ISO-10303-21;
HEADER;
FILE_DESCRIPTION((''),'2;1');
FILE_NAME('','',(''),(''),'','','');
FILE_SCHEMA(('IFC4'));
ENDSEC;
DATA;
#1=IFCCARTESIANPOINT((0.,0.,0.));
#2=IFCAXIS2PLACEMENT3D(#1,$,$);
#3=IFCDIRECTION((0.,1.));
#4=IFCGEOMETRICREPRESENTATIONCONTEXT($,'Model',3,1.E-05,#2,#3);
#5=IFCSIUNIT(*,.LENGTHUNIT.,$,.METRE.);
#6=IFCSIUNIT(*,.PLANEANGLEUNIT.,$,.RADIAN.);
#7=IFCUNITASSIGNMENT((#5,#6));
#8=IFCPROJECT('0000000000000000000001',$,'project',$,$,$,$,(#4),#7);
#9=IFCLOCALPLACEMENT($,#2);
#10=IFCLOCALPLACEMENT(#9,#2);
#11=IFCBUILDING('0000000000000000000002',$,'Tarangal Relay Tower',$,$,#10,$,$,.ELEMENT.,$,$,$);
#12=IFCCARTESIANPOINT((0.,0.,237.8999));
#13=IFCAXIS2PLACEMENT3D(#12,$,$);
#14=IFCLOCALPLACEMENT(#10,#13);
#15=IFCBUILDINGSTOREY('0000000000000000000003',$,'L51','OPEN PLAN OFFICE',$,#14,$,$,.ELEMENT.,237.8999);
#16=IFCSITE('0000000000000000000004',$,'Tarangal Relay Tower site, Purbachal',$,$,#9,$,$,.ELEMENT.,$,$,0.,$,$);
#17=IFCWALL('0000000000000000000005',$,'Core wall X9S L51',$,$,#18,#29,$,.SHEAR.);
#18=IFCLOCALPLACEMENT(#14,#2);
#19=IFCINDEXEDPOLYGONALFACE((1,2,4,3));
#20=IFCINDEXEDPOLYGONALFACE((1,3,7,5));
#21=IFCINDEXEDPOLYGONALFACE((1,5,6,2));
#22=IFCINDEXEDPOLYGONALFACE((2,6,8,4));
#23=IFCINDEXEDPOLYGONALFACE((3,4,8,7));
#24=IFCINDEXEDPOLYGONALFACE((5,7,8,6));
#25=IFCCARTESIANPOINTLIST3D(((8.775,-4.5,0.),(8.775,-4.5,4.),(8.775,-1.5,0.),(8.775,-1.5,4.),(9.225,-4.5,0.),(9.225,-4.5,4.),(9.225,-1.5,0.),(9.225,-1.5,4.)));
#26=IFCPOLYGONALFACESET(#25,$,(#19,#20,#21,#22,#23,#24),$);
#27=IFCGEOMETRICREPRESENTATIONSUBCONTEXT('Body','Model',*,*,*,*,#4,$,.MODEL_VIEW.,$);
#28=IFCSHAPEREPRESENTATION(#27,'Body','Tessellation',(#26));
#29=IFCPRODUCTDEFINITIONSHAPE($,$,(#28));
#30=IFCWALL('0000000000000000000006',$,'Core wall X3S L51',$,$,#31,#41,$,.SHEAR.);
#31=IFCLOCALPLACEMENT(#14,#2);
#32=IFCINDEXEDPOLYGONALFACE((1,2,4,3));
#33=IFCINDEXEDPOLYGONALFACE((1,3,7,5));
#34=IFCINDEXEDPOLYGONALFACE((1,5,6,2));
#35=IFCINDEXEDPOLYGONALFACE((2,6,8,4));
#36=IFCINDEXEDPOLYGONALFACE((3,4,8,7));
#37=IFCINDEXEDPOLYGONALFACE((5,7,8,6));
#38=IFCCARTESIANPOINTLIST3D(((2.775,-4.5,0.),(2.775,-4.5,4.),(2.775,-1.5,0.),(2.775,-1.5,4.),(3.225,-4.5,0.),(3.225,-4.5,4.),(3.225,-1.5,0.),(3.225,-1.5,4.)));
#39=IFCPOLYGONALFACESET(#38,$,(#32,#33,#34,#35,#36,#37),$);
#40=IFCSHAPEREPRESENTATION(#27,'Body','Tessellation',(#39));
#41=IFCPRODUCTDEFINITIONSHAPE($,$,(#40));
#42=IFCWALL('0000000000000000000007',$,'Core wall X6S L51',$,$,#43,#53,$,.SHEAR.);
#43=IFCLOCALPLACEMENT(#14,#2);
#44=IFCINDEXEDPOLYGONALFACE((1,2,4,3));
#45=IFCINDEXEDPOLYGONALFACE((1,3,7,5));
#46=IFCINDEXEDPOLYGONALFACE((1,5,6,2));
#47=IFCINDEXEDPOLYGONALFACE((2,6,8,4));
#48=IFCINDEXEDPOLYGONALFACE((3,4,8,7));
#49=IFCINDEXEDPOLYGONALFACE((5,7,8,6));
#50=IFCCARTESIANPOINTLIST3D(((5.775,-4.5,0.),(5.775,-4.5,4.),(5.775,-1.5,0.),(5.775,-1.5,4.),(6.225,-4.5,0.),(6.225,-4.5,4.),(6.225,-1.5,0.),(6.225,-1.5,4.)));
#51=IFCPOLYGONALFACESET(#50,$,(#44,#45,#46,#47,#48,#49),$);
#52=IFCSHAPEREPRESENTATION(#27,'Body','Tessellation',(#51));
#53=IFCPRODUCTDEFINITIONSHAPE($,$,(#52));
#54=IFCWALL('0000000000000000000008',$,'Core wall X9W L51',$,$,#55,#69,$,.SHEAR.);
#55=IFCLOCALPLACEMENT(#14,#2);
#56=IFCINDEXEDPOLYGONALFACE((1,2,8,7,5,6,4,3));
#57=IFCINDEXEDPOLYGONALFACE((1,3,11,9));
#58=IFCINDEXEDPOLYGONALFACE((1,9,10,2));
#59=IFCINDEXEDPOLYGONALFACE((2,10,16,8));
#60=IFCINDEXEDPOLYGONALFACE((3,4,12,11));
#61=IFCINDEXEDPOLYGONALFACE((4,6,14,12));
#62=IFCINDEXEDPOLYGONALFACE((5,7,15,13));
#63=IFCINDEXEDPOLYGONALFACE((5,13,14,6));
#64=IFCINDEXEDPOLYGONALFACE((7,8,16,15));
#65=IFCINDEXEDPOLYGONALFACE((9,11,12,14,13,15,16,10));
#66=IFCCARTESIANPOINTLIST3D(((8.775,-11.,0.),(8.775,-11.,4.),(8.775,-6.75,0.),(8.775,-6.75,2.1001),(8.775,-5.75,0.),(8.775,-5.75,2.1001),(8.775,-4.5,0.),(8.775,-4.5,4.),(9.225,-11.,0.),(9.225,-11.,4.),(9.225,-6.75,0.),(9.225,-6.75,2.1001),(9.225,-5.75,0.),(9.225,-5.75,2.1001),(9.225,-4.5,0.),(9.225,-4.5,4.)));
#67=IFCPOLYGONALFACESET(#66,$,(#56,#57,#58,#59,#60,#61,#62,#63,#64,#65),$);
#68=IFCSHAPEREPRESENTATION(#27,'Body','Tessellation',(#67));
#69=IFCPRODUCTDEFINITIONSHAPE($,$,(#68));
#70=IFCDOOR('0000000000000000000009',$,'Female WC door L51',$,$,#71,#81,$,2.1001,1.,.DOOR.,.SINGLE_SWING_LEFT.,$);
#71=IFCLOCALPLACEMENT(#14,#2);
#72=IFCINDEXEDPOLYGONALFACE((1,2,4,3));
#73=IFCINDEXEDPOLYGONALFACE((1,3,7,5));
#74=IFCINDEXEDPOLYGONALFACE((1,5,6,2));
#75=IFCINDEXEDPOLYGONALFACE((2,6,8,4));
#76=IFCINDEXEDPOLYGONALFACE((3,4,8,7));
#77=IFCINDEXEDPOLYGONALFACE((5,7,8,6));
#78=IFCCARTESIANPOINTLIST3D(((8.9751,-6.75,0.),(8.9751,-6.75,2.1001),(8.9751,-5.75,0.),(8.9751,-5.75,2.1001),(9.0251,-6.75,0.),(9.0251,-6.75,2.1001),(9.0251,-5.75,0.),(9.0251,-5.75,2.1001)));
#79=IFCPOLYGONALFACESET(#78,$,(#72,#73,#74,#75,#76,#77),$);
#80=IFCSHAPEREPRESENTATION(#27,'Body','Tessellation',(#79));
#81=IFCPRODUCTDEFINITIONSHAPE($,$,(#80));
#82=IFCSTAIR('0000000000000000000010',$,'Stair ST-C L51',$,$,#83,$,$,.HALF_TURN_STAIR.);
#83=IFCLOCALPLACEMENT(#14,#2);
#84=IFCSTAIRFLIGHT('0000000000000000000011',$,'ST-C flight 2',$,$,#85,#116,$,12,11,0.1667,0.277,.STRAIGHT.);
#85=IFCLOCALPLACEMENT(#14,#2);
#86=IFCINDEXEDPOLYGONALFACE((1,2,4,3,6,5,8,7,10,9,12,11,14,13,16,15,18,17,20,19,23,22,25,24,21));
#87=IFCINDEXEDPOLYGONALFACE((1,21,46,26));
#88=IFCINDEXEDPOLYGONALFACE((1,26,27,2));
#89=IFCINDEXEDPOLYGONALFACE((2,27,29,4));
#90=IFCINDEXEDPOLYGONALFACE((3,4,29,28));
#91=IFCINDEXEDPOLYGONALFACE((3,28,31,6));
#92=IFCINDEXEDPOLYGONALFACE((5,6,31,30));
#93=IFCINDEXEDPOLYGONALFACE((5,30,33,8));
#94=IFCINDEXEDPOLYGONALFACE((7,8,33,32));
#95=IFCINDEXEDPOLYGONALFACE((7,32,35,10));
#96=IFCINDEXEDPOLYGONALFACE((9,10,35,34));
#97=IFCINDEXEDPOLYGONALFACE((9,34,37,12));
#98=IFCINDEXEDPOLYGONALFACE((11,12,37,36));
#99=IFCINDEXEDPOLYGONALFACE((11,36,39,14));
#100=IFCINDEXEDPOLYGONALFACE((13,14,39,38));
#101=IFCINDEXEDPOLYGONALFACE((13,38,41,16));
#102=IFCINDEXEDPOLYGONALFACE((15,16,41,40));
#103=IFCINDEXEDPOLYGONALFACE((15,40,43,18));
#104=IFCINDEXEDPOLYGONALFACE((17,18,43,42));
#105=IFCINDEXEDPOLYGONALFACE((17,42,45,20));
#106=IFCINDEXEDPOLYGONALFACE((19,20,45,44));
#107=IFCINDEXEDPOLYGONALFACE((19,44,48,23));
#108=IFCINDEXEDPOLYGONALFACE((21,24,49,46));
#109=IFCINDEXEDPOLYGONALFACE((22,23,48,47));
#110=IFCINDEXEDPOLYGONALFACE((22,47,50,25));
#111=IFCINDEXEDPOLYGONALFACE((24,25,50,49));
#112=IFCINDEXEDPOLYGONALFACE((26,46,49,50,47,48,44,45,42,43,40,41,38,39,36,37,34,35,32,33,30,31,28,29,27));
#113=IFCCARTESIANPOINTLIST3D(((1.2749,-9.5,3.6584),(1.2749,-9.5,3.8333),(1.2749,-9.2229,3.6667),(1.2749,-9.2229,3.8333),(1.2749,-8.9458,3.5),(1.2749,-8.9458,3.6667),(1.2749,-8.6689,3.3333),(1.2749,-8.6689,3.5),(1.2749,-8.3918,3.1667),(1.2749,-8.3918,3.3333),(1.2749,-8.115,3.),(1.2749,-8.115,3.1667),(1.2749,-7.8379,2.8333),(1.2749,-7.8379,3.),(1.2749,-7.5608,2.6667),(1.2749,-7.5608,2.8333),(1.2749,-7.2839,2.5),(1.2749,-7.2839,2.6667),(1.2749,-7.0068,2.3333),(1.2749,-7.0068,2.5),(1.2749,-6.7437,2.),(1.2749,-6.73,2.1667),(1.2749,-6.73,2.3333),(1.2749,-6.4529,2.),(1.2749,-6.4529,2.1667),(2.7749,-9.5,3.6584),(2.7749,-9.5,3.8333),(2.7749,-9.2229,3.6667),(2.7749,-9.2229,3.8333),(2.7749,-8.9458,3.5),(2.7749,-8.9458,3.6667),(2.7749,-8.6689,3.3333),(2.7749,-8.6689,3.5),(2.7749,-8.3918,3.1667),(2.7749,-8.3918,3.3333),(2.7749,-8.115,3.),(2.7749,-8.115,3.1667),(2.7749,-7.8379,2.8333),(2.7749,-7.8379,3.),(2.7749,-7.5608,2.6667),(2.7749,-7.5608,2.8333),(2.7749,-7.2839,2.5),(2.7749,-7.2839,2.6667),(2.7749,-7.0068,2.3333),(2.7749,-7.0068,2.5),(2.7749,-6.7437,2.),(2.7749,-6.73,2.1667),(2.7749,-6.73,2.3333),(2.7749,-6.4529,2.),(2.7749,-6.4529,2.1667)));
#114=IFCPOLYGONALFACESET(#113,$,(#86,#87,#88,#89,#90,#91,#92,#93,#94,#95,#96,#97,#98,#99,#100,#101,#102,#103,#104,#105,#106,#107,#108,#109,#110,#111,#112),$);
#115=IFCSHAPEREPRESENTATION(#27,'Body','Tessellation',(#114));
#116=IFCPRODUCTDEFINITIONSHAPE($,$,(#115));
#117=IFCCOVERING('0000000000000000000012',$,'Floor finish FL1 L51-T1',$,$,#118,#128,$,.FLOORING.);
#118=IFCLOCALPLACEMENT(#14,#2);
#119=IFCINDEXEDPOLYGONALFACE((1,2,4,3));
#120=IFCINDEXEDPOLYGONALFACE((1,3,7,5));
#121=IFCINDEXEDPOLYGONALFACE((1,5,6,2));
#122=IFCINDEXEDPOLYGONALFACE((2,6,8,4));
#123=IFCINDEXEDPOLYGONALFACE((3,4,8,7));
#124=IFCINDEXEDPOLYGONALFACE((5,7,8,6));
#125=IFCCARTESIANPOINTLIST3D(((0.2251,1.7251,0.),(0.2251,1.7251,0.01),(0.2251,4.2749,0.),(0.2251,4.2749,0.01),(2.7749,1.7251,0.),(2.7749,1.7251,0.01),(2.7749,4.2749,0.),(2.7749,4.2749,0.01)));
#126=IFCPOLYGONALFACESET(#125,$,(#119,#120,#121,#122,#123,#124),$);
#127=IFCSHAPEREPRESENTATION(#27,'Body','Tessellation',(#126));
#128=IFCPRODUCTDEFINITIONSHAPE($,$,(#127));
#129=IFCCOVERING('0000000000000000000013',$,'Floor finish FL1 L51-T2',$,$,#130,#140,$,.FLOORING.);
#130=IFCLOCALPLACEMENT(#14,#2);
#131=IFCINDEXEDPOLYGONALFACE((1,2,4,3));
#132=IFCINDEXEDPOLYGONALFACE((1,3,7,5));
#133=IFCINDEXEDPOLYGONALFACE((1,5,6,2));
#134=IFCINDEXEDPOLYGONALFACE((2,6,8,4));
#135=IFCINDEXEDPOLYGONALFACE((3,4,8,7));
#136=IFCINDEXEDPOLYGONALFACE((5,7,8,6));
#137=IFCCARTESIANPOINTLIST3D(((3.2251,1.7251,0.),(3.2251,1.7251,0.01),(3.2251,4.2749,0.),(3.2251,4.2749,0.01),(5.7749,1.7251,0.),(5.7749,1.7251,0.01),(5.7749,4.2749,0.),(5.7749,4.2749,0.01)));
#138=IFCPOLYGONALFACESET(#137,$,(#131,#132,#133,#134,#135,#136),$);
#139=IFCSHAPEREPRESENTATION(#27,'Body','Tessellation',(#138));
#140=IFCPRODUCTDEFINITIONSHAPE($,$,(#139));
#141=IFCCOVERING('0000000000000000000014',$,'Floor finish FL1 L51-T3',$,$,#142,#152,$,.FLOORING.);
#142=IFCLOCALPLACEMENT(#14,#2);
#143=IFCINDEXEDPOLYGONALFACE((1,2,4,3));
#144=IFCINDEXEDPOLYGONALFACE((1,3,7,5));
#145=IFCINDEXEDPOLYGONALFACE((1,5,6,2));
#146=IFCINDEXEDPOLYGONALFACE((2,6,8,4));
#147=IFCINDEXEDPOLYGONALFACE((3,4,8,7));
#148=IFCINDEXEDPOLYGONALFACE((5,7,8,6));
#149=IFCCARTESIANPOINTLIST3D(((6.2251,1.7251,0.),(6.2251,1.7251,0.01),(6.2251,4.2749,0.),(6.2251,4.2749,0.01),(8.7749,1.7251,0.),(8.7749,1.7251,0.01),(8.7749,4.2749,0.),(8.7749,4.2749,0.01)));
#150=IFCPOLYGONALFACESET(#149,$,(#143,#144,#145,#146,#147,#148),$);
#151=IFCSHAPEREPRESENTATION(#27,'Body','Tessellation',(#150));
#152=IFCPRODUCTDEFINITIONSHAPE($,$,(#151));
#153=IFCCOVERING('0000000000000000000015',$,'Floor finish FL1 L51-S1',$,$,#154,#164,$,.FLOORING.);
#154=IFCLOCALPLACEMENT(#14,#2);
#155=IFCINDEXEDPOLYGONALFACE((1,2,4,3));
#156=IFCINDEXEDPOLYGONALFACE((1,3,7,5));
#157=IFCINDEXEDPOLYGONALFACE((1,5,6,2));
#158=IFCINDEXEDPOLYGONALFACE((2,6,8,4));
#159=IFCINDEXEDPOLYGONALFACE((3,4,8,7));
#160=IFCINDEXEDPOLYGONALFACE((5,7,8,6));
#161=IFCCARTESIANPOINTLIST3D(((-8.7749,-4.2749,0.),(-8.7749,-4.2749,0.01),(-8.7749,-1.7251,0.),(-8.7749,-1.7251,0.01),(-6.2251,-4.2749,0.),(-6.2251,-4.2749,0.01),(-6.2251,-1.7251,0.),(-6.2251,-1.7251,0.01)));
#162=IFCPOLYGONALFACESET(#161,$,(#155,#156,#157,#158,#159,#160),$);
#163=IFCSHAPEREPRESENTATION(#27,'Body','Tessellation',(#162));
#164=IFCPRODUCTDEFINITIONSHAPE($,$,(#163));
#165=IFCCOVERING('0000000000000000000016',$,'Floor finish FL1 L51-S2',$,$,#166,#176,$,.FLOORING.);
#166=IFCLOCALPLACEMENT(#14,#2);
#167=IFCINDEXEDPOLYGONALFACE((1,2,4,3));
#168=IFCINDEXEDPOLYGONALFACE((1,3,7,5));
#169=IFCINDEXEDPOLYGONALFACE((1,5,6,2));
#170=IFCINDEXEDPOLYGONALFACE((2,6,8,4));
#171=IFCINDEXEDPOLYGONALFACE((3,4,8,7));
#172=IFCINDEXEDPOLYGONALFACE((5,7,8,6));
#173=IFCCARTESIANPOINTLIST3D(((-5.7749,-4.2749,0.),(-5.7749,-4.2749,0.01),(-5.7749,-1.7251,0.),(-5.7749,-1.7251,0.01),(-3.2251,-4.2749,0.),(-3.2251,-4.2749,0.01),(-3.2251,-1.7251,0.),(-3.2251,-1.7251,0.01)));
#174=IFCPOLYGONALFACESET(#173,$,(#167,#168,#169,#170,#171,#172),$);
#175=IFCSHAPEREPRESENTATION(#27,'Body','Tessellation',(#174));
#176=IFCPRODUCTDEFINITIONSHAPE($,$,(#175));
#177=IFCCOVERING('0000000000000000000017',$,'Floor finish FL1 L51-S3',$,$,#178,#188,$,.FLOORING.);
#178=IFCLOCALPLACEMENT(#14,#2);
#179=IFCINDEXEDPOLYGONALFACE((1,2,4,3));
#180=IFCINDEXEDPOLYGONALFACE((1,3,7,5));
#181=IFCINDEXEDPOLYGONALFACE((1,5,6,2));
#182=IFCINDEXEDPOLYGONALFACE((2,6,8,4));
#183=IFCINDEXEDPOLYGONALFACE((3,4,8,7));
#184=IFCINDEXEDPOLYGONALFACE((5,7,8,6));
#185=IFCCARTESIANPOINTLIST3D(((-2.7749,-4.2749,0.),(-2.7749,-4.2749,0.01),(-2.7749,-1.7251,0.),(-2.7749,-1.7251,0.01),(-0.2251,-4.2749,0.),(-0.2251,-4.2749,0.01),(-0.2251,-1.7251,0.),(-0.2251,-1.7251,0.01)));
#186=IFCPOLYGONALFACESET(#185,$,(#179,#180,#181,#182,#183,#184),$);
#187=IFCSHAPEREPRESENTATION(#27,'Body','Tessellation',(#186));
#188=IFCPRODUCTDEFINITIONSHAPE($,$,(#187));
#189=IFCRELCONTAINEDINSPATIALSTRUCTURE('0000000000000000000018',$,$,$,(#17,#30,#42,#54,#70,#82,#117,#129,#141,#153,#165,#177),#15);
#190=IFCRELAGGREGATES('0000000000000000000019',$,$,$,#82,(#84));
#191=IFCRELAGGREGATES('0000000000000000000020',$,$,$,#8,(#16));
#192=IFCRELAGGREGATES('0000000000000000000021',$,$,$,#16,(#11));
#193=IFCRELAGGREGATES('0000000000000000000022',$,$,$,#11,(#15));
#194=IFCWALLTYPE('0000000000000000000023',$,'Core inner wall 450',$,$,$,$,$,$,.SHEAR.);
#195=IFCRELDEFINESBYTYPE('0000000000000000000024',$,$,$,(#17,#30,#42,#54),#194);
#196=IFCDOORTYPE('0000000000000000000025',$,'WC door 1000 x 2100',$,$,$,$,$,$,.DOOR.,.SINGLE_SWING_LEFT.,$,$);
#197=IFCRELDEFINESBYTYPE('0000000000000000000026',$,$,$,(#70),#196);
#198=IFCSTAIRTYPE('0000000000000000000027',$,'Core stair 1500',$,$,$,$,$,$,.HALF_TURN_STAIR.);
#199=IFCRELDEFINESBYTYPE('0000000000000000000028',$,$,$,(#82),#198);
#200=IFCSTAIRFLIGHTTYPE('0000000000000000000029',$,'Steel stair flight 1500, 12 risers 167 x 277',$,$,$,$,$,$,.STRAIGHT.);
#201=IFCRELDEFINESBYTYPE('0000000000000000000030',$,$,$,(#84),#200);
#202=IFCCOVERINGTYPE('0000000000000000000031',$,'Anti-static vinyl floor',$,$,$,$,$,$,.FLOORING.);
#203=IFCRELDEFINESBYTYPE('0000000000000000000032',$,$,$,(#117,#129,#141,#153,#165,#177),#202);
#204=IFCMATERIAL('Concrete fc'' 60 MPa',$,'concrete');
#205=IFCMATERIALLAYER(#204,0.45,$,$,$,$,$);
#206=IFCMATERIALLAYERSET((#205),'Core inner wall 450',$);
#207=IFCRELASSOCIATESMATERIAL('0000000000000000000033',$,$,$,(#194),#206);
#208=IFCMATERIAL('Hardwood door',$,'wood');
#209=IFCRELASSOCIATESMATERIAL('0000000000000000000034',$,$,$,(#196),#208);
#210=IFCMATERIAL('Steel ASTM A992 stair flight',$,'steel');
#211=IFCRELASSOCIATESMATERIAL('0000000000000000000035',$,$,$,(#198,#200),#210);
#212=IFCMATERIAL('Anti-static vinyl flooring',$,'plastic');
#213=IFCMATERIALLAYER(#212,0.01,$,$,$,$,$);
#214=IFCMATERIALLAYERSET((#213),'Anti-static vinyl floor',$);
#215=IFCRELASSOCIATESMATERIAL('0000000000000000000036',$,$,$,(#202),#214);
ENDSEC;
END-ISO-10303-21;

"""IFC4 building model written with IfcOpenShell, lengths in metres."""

from ifc_helpers import new_model, si_unit, direction, frame, frame_2d, origin, place, context, subcontext, project, spatial, polyline, rectangle, outline, extrude, material, layer, layer_set, type_object, element, fill, aggregate, save


model = new_model("IFC4")

# Units and contexts
model_context = context("Model", 3, precision=1e-05, world=origin(), true_north=direction((0.0, 1.0)))
body_context = subcontext(model_context, "Body", "Model", "MODEL_VIEW")
ifc_project = project(units=[si_unit("LENGTHUNIT", "METRE"), si_unit("PLANEANGLEUNIT", "RADIAN")], contexts=[model_context])

# Site, building, storey
site_placement = place(None, origin())
site = spatial("IfcSite", under=ifc_project, at=site_placement, Name="Tarangal Relay Tower site, Purbachal", CompositionType="ELEMENT", RefElevation=0.0)
building_placement = place(site_placement, origin())
building = spatial("IfcBuilding", under=site, at=building_placement, Name="Tarangal Relay Tower", CompositionType="ELEMENT")
storey_placement = place(building_placement, frame((0.0, 0.0, 237.8999)))
storey = spatial("IfcBuildingStorey", under=building, at=storey_placement, Name="L51", Description="OPEN PLAN OFFICE", CompositionType="ELEMENT", Elevation=237.8999)

# Walls
ifc_material_1 = material(Name="Concrete fc' 60 MPa", Category="concrete")
ifc_layer_1 = layer(ifc_material_1, 0.45)
ifc_layer_set_1 = layer_set([ifc_layer_1], Name="Core inner wall 450")
wall_type = type_object("IfcWallType", Name="Core inner wall 450", PredefinedType="SHEAR", material=ifc_layer_set_1)
for number, where, z_axis, x_axis, name in (
    (1, (9.0, -4.5, 0.0), (0.0, 0.0, 1.0), (0.0, 1.0, 0.0), "Core wall X9S L51"),
    (2, (3.0, -4.5, 0.0), (0.0, 0.0, 1.0), (0.0, 1.0, 0.0), "Core wall X3S L51"),
    (3, (6.0, -4.5, 0.0), (0.0, 0.0, 1.0), (0.0, 1.0, 0.0), "Core wall X6S L51"),
):
    element("IfcWall", number, at=place(storey_placement, frame(where, z_axis=z_axis, x_axis=x_axis)), inside=storey, type_object=wall_type, Name=name, PredefinedType="SHEAR", context=body_context, shape_type="SweptSolid", body=[
        extrude(rectangle(XDim=3.0, YDim=0.45, at=frame_2d((1.5, 0.0))), origin(), (0.0, 0.0, 1.0), 4.0),
    ])

# Wall, opening, door
wall_placement = place(storey_placement, frame((9.0, -11.0, 0.0), z_axis=(0.0, 0.0, 1.0), x_axis=(0.0, 1.0, 0.0)))
wall = element("IfcWall", 4, at=wall_placement, inside=storey, type_object=wall_type, Name="Core wall X9W L51", PredefinedType="SHEAR", context=body_context, shape_type="SweptSolid", body=[
    extrude(rectangle(XDim=6.5, YDim=0.45, at=frame_2d((3.25, 0.0))), origin(), (0.0, 0.0, 1.0), 4.0),
])
opening_placement = place(wall_placement, frame((4.25, 0.0, 0.0)))
opening = element("IfcOpeningElement", 5, at=opening_placement, cuts=wall, PredefinedType="OPENING", context=body_context, shape_type="SweptSolid", body=[
    extrude(rectangle(XDim=1.0, YDim=2.1001, at=frame_2d((0.5, 1.05))), frame((0.0, 0.2349, 0.0), z_axis=(0.0, -1.0, 0.0), x_axis=(1.0, 0.0, 0.0)), (0.0, 0.0, 1.0), 0.47),
])
ifc_material_2 = material(Name="Hardwood door", Category="wood")
door_type = type_object("IfcDoorType", Name="WC door 1000 x 2100", OperationType="SINGLE_SWING_LEFT", PredefinedType="DOOR", material=ifc_material_2)
door_placement = place(opening_placement, origin())
door = element("IfcDoor", 6, at=door_placement, inside=storey, type_object=door_type, Name="Female WC door L51", OperationType="SINGLE_SWING_LEFT", OverallHeight=2.1001, OverallWidth=1.0, PredefinedType="DOOR", context=body_context, shape_type="SweptSolid", body=[
    extrude(rectangle(XDim=1.0, YDim=2.1001, at=frame_2d((0.5, 1.05))), frame((0.0, 0.0249, 0.0), z_axis=(0.0, -1.0, 0.0), x_axis=(1.0, 0.0, 0.0)), (0.0, 0.0, 1.0), 0.05),
])
fill(opening, door)

# Stair, stair flight
ifc_material_3 = material(Name="Steel ASTM A992 stair flight", Category="steel")
stair_type = type_object("IfcStairType", Name="Core stair 1500", PredefinedType="HALF_TURN_STAIR", material=ifc_material_3)
stair_placement = place(storey_placement, origin())
stair = element("IfcStair", 7, at=stair_placement, inside=storey, type_object=stair_type, Name="Stair ST-C L51", PredefinedType="HALF_TURN_STAIR")
stair_flight_type = type_object("IfcStairFlightType", Name="Steel stair flight 1500, 12 risers 167 x 277", PredefinedType="STRAIGHT", material=ifc_material_3)
stair_flight_placement = place(storey_placement, frame((2.0249, -6.4529, 2.0), z_axis=(0.0, 0.0, 1.0), x_axis=(0.0, -1.0, 0.0)))
stair_flight = element("IfcStairFlight", 8, at=stair_flight_placement, type_object=stair_flight_type, Name="ST-C flight 2", NumberOfRisers=12, NumberOfTreads=11, PredefinedType="STRAIGHT", RiserHeight=0.1667, TreadLength=0.277, context=body_context, shape_type="SweptSolid", body=[
    extrude(outline(polyline([(0.0, 0.0), (0.0, 0.1667), (0.2771, 0.1667), (0.2771, 0.3333), (0.554, 0.3333), (0.554, 0.5), (0.8311, 0.5), (0.8311, 0.6667), (1.1079, 0.6667), (1.1079, 0.8333), (1.385, 0.8333), (1.385, 1.0), (1.6621, 1.0), (1.6621, 1.1667), (1.939, 1.1667), (1.939, 1.3333), (2.2161, 1.3333), (2.2161, 1.5), (2.4929, 1.5), (2.4929, 1.6667), (2.77, 1.6667), (2.77, 1.8333), (3.0471, 1.8333), (3.0471, 2.0), (3.0471, 1.6584), (0.2908, 0.0), (0.0, 0.0)])), frame((0.0, 0.75, 0.0), z_axis=(0.0, -1.0, 0.0), x_axis=(1.0, 0.0, 0.0)), (0.0, 0.0, 1.0), 1.5),
])
aggregate(stair, [stair_flight])

# Coverings
ifc_material_4 = material(Name="Anti-static vinyl flooring", Category="plastic")
ifc_layer_2 = layer(ifc_material_4, 0.01)
ifc_layer_set_2 = layer_set([ifc_layer_2], Name="Anti-static vinyl floor")
covering_type_1 = type_object("IfcCoveringType", Name="Anti-static vinyl floor", PredefinedType="FLOORING", material=ifc_layer_set_2)
covering_1_placement = place(storey_placement, origin())
element("IfcCovering", 9, at=covering_1_placement, inside=storey, type_object=covering_type_1, Name="Floor finish FL1 L51-T1", PredefinedType="FLOORING", context=body_context, shape_type="SweptSolid", body=[
    extrude(outline(polyline([(0.2251, 1.7251), (2.7749, 1.7251), (2.7749, 4.2749), (0.2251, 4.2749), (0.2251, 1.7251)])), origin(), (0.0, 0.0, 1.0), 0.01),
])
covering_2_placement = place(storey_placement, origin())
element("IfcCovering", 10, at=covering_2_placement, inside=storey, type_object=covering_type_1, Name="Floor finish FL1 L51-T2", PredefinedType="FLOORING", context=body_context, shape_type="SweptSolid", body=[
    extrude(outline(polyline([(3.2251, 1.7251), (5.7749, 1.7251), (5.7749, 4.2749), (3.2251, 4.2749), (3.2251, 1.7251)])), origin(), (0.0, 0.0, 1.0), 0.01),
])
covering_3_placement = place(storey_placement, origin())
element("IfcCovering", 11, at=covering_3_placement, inside=storey, type_object=covering_type_1, Name="Floor finish FL1 L51-T3", PredefinedType="FLOORING", context=body_context, shape_type="SweptSolid", body=[
    extrude(outline(polyline([(6.2251, 1.7251), (8.7749, 1.7251), (8.7749, 4.2749), (6.2251, 4.2749), (6.2251, 1.7251)])), origin(), (0.0, 0.0, 1.0), 0.01),
])
covering_4_placement = place(storey_placement, origin())
element("IfcCovering", 12, at=covering_4_placement, inside=storey, type_object=covering_type_1, Name="Floor finish FL1 L51-S1", PredefinedType="FLOORING", context=body_context, shape_type="SweptSolid", body=[
    extrude(outline(polyline([(-8.7749, -4.2749), (-6.2251, -4.2749), (-6.2251, -1.7251), (-8.7749, -1.7251), (-8.7749, -4.2749)])), origin(), (0.0, 0.0, 1.0), 0.01),
])
covering_5_placement = place(storey_placement, origin())
element("IfcCovering", 13, at=covering_5_placement, inside=storey, type_object=covering_type_1, Name="Floor finish FL1 L51-S2", PredefinedType="FLOORING", context=body_context, shape_type="SweptSolid", body=[
    extrude(outline(polyline([(-5.7749, -4.2749), (-3.2251, -4.2749), (-3.2251, -1.7251), (-5.7749, -1.7251), (-5.7749, -4.2749)])), origin(), (0.0, 0.0, 1.0), 0.01),
])
covering_6_placement = place(storey_placement, origin())
element("IfcCovering", 14, at=covering_6_placement, inside=storey, type_object=covering_type_1, Name="Floor finish FL1 L51-S3", PredefinedType="FLOORING", context=body_context, shape_type="SweptSolid", body=[
    extrude(outline(polyline([(-2.7749, -4.2749), (-0.2251, -4.2749), (-0.2251, -1.7251), (-2.7749, -1.7251), (-2.7749, -4.2749)])), origin(), (0.0, 0.0, 1.0), 0.01),
])

save(model, "model.ifc")
